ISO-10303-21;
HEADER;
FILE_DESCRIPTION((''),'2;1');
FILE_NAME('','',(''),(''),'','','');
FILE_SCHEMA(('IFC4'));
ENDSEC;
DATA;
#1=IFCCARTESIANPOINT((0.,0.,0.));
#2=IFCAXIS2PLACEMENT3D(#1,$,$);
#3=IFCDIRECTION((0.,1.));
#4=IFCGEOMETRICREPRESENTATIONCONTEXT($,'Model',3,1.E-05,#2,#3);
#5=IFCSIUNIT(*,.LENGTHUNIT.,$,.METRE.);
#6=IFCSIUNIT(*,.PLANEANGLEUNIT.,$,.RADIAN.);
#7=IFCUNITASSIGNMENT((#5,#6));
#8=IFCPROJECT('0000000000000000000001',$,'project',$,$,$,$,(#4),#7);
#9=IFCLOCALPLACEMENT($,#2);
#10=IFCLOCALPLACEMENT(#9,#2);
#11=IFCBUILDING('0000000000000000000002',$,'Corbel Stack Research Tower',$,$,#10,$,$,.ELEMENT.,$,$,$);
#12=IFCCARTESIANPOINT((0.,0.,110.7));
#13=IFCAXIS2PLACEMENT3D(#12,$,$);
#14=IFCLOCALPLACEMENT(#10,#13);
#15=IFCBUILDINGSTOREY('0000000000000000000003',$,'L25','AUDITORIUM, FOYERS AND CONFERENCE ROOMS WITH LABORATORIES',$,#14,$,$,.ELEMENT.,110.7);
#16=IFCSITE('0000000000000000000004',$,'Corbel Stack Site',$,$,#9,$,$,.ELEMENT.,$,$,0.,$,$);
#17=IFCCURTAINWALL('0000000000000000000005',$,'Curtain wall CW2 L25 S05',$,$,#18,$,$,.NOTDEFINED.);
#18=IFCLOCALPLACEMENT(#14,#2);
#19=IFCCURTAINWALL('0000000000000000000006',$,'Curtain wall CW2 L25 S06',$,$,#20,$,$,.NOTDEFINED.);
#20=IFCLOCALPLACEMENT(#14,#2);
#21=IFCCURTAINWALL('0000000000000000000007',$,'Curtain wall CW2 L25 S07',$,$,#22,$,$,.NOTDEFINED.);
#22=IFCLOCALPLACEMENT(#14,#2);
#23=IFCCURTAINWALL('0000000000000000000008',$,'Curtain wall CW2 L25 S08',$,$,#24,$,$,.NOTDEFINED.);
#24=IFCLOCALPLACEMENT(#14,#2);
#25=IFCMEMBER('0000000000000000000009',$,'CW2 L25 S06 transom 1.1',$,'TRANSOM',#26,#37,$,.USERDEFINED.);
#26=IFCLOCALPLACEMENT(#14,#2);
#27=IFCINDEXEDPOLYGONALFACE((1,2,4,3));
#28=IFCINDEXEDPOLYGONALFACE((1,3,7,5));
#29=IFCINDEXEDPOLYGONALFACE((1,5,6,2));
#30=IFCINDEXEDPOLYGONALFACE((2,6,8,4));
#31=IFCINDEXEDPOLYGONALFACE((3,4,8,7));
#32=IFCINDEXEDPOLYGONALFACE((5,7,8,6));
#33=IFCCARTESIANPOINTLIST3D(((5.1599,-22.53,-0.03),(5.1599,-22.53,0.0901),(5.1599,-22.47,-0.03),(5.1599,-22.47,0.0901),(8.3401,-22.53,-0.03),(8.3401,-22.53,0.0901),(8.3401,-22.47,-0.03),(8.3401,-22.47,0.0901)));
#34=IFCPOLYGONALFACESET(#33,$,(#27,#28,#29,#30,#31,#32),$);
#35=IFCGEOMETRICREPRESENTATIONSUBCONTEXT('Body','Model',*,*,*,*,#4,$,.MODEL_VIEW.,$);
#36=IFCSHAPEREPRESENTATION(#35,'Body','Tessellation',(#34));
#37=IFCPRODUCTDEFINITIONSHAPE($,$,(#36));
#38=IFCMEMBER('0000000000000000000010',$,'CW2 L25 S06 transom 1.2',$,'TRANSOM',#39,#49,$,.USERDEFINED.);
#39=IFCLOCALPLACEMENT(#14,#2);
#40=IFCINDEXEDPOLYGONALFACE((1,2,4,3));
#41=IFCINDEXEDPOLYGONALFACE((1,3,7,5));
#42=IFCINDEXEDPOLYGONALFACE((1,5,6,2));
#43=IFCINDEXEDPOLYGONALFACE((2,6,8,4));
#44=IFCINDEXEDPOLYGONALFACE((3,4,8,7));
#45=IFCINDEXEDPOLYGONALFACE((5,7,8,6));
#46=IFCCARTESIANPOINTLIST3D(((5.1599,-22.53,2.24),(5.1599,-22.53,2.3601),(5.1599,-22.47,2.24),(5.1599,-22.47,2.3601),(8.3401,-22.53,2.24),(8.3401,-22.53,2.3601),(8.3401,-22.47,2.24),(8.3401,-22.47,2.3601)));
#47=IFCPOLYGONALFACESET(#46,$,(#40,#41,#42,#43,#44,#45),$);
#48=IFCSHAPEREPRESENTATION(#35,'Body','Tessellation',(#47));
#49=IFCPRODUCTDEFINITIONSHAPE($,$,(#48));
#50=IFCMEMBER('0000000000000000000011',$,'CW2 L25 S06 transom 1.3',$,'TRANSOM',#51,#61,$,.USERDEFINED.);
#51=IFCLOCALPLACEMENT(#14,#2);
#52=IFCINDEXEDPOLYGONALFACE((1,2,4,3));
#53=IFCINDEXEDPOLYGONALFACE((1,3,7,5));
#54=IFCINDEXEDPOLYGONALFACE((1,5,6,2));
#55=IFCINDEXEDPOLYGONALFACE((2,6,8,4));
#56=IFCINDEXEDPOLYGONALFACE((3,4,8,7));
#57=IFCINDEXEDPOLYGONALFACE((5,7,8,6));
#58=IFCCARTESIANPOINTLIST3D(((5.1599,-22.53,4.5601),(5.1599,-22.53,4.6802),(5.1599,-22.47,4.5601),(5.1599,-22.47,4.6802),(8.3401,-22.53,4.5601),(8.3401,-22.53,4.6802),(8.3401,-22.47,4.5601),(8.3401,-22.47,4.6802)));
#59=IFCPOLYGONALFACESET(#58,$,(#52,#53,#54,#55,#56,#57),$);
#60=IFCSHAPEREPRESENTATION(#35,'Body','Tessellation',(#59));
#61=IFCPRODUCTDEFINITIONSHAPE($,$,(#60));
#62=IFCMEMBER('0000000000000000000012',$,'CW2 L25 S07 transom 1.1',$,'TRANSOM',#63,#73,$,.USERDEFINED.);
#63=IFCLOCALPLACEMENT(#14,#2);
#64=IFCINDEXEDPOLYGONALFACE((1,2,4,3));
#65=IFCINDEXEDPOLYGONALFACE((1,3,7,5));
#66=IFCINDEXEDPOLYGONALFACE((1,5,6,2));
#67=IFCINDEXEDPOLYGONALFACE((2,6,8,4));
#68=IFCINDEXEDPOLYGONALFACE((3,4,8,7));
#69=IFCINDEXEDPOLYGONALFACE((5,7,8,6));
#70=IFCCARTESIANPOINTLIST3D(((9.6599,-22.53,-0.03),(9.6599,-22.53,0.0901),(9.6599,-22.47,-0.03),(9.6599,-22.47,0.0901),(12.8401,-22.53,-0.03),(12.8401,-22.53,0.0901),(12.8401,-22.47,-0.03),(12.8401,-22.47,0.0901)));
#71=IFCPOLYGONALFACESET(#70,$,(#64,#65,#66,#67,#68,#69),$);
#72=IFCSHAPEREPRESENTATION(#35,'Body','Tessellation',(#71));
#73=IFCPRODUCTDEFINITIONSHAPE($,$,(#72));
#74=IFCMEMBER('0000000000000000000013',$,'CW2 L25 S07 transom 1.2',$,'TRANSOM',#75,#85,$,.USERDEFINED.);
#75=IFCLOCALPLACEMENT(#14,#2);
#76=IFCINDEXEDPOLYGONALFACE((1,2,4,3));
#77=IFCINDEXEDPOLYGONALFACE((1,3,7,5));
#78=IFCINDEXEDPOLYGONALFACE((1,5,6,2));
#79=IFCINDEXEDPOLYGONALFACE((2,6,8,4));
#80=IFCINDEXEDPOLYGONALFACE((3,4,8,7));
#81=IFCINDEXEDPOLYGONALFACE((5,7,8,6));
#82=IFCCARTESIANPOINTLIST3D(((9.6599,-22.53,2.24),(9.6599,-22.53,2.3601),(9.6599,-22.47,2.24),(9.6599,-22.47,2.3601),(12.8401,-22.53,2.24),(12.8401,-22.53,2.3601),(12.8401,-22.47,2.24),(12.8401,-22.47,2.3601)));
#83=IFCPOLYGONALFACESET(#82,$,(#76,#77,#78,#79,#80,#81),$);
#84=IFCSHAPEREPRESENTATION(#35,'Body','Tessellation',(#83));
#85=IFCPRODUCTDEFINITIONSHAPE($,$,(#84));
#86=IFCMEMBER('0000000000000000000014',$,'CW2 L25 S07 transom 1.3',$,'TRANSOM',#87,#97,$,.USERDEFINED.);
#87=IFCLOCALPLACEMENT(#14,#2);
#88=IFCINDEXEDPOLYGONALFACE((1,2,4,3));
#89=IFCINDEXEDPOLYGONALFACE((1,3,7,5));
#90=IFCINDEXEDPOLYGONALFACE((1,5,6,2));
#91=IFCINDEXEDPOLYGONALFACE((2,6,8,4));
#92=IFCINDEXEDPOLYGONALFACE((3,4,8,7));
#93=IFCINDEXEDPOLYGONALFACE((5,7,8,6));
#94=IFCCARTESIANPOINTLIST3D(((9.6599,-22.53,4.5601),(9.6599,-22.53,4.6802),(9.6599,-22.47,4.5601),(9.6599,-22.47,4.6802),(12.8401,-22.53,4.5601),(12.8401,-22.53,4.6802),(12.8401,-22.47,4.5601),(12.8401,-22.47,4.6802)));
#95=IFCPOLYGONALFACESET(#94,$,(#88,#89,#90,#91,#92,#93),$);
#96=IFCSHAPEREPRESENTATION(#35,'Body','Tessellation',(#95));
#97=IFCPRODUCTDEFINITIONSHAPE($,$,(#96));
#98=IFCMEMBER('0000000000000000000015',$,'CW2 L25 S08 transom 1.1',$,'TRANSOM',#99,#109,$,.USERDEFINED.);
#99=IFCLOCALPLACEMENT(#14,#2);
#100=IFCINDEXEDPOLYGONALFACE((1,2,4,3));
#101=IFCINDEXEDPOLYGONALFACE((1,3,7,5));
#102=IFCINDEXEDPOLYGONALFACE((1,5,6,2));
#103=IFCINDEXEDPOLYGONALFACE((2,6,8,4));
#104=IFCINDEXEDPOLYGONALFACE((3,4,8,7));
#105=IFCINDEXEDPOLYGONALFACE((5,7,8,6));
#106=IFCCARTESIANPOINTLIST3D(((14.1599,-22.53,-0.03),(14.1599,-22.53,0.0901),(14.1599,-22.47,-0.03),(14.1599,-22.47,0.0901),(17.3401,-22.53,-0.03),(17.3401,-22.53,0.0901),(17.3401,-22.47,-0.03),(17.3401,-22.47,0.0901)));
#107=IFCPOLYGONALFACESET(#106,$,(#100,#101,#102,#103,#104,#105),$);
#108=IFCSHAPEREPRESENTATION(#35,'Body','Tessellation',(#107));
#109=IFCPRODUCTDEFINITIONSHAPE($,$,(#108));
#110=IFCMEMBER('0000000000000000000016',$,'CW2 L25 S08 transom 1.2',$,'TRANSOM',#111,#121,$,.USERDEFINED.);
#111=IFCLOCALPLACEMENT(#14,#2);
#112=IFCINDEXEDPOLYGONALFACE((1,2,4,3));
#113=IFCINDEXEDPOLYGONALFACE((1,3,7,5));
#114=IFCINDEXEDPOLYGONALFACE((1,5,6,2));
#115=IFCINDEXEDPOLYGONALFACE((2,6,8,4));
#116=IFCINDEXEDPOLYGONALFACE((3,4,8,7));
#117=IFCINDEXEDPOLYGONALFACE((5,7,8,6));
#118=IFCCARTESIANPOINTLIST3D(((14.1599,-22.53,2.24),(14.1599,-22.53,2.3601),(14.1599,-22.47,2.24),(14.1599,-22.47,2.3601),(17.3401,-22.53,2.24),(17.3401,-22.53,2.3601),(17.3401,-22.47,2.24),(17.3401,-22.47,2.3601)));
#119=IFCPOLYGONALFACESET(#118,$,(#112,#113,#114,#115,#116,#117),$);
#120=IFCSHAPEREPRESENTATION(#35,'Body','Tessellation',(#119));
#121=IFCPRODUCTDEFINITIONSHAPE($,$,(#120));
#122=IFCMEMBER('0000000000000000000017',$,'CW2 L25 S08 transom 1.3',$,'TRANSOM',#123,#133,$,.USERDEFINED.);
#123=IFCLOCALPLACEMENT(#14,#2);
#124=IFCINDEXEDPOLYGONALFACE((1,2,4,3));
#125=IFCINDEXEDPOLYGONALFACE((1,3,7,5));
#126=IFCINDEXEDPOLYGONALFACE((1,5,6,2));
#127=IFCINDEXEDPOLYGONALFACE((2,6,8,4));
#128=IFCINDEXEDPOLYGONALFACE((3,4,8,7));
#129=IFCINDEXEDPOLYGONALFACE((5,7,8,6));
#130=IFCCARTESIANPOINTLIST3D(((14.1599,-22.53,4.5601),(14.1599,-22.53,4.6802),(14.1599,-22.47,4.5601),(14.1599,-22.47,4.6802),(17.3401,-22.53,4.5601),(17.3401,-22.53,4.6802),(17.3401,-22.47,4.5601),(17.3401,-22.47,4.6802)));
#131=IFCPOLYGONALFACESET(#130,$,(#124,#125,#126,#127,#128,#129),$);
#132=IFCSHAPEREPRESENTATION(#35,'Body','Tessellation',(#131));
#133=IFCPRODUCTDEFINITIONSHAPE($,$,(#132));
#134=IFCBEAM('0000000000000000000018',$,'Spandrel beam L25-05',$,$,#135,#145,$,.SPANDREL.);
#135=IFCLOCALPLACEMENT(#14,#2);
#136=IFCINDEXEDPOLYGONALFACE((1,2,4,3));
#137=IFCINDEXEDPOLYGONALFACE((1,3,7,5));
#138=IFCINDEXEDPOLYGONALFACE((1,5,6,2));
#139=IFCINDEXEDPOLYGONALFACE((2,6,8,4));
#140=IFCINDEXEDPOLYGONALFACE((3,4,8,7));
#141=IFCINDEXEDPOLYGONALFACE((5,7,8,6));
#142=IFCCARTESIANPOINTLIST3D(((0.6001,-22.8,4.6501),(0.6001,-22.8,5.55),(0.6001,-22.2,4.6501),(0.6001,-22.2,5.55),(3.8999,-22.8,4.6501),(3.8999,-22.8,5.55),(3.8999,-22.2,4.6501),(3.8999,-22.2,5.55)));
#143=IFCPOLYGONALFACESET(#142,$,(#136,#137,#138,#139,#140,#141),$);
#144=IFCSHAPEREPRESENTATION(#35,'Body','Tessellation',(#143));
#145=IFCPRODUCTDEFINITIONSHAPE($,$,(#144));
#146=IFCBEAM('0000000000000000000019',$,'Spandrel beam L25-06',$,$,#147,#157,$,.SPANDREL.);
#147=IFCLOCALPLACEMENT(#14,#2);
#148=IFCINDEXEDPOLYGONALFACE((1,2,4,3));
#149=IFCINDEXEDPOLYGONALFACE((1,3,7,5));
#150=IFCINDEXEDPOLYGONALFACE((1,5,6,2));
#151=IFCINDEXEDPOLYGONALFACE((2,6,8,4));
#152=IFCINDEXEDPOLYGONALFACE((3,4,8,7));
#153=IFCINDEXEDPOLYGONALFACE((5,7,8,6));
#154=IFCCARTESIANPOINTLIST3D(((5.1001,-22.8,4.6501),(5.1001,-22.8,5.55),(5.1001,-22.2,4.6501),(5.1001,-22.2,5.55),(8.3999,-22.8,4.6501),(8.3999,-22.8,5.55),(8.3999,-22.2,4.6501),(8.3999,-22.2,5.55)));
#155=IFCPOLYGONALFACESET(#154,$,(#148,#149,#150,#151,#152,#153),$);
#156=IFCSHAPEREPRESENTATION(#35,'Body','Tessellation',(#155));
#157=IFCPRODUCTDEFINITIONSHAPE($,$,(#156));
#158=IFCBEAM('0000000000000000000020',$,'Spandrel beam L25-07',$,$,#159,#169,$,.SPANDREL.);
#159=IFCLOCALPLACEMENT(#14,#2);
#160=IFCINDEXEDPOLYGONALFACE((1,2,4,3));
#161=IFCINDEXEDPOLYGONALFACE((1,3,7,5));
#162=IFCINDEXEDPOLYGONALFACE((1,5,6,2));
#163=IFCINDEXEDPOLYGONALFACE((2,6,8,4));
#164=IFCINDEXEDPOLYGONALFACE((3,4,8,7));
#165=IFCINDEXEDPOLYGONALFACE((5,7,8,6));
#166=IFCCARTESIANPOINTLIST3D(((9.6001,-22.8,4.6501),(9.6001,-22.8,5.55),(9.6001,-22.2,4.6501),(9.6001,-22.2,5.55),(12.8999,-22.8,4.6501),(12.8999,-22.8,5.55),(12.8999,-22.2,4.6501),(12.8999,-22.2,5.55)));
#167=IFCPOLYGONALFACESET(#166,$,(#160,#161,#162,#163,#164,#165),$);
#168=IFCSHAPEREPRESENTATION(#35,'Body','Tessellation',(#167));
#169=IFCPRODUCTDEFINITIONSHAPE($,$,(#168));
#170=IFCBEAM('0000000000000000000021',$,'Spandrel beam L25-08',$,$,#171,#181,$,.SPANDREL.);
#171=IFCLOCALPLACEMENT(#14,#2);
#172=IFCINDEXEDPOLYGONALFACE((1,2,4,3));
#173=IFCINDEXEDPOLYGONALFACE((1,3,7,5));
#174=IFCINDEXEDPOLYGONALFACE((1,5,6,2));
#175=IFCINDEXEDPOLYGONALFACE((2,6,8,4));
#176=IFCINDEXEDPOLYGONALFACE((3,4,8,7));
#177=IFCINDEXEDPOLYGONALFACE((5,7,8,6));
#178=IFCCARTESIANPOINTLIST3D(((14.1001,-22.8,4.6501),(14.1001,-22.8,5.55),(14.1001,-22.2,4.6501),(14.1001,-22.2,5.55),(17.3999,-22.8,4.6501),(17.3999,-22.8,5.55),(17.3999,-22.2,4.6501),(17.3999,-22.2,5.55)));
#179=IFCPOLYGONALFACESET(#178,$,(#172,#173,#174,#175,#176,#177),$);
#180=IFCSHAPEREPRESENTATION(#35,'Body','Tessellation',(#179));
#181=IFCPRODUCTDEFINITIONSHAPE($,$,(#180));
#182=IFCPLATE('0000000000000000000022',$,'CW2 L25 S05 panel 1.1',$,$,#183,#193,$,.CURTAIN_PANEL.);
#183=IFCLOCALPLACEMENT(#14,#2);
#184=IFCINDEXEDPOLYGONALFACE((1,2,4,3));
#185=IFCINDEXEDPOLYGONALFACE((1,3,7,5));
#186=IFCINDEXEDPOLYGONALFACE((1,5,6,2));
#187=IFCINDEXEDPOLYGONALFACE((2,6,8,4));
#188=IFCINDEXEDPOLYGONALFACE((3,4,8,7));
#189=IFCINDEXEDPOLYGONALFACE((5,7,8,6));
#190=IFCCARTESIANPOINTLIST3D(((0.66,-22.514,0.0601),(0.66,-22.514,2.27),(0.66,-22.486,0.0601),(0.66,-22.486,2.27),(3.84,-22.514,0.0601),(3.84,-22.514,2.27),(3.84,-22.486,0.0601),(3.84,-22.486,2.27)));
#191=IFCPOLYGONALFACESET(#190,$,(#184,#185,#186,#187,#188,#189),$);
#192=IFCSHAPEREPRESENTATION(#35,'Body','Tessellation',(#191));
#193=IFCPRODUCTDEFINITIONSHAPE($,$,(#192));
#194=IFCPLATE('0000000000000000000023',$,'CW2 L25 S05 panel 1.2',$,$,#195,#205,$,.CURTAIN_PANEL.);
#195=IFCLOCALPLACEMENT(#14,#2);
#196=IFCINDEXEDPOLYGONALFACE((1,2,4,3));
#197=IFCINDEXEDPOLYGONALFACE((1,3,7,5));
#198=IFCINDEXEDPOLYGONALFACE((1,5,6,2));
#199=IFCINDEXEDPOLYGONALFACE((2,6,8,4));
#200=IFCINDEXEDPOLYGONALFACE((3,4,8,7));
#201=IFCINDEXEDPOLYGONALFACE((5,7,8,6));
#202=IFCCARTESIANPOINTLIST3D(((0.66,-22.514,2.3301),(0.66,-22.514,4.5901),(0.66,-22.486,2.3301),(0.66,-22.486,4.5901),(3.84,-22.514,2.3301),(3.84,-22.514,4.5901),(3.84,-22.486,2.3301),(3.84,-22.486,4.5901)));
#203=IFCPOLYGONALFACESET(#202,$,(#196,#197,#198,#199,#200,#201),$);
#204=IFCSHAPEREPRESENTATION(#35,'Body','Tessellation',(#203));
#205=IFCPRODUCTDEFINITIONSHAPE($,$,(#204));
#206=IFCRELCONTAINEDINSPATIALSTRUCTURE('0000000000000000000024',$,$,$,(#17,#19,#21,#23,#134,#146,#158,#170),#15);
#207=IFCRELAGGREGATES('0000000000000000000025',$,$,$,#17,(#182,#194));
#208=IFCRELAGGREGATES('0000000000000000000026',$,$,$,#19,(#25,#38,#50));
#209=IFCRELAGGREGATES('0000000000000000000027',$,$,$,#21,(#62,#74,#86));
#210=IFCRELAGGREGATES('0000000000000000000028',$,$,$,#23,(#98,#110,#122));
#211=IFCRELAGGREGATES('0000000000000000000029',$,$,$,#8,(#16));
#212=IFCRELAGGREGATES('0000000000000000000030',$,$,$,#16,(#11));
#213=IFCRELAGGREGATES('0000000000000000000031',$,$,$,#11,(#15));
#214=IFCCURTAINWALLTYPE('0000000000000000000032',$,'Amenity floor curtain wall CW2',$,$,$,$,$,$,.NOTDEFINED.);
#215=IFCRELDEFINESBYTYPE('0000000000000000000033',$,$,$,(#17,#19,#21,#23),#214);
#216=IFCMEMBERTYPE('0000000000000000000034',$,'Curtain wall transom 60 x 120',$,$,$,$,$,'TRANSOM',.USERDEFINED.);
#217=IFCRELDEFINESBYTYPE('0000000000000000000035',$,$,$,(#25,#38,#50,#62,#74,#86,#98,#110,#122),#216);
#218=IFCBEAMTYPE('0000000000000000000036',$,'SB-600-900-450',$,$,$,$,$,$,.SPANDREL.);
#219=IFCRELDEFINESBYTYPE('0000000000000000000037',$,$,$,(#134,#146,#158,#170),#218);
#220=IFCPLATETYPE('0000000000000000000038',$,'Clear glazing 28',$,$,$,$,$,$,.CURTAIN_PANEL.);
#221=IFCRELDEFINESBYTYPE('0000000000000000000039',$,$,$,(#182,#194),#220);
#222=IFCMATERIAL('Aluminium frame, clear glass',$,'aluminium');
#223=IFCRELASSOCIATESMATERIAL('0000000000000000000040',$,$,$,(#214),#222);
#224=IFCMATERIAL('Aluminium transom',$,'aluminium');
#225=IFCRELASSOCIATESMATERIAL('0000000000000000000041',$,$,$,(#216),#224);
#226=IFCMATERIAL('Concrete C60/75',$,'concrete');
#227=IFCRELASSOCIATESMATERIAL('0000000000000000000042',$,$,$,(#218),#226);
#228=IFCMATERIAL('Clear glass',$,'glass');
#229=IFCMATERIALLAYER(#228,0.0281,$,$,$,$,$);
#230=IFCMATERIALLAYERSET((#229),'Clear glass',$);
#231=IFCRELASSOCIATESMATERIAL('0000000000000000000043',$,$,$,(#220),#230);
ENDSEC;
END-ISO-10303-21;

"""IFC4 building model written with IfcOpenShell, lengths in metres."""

from ifc_helpers import new_model, si_unit, direction, frame, origin, origin_2d, place, context, subcontext, project, spatial, rectangle, extrude, material, layer, layer_set, material_profile, profile_set, type_object, element, aggregate, save


model = new_model("IFC4")

# Units and contexts
model_context = context("Model", 3, precision=1e-05, world=origin(), true_north=direction((0.0, 1.0)))
body_context = subcontext(model_context, "Body", "Model", "MODEL_VIEW")
ifc_project = project(units=[si_unit("LENGTHUNIT", "METRE"), si_unit("PLANEANGLEUNIT", "RADIAN")], contexts=[model_context])

# Site, building, storey
site_placement = place(None, origin())
site = spatial("IfcSite", under=ifc_project, at=site_placement, Name="Corbel Stack Site", CompositionType="ELEMENT", RefElevation=0.0)
building_placement = place(site_placement, origin())
building = spatial("IfcBuilding", under=site, at=building_placement, Name="Corbel Stack Research Tower", CompositionType="ELEMENT")
storey_placement = place(building_placement, frame((0.0, 0.0, 110.7)))
storey = spatial("IfcBuildingStorey", under=building, at=storey_placement, Name="L25", Description="AUDITORIUM, FOYERS AND CONFERENCE ROOMS WITH LABORATORIES", CompositionType="ELEMENT", Elevation=110.7)

# Curtain walls
ifc_material_1 = material(Name="Aluminium frame, clear glass", Category="aluminium")
curtain_wall_type = type_object("IfcCurtainWallType", Name="Amenity floor curtain wall CW2", PredefinedType="NOTDEFINED", material=ifc_material_1)
curtain_wall_1_placement = place(storey_placement, origin())
curtain_wall_1 = element("IfcCurtainWall", 1, at=curtain_wall_1_placement, inside=storey, type_object=curtain_wall_type, Name="Curtain wall CW2 L25 S05", PredefinedType="NOTDEFINED")
curtain_wall_2_placement = place(storey_placement, origin())
curtain_wall_2 = element("IfcCurtainWall", 2, at=curtain_wall_2_placement, inside=storey, type_object=curtain_wall_type, Name="Curtain wall CW2 L25 S06", PredefinedType="NOTDEFINED")
curtain_wall_3_placement = place(storey_placement, origin())
curtain_wall_3 = element("IfcCurtainWall", 3, at=curtain_wall_3_placement, inside=storey, type_object=curtain_wall_type, Name="Curtain wall CW2 L25 S07", PredefinedType="NOTDEFINED")
curtain_wall_4_placement = place(storey_placement, origin())
curtain_wall_4 = element("IfcCurtainWall", 4, at=curtain_wall_4_placement, inside=storey, type_object=curtain_wall_type, Name="Curtain wall CW2 L25 S08", PredefinedType="NOTDEFINED")

# Members
ifc_material_2 = material(Name="Aluminium transom", Category="aluminium")
ifc_material_profile_1 = material_profile(ifc_material_2, rectangle(XDim=0.0601, YDim=0.1201, at=origin_2d()), Name="Transom 60 x 120")
ifc_profile_set_1 = profile_set([ifc_material_profile_1], Name="Aluminium transom")
member_type_1 = type_object("IfcMemberType", Name="Curtain wall transom 60 x 120", ElementType="TRANSOM", PredefinedType="USERDEFINED", material=ifc_profile_set_1)
member_1_placement = place(storey_placement, frame((5.1599, -22.5, 0.03), z_axis=(1.0, 0.0, 0.0), x_axis=(0.0, 1.0, 0.0)))
member_1 = element("IfcMember", 5, at=member_1_placement, type_object=member_type_1, Name="CW2 L25 S06 transom 1.1", ObjectType="TRANSOM", PredefinedType="USERDEFINED", context=body_context, shape_type="SweptSolid", body=[
    extrude(rectangle(XDim=0.0601, YDim=0.1201, at=origin_2d()), origin(), (0.0, 0.0, 1.0), 3.1802),
])
member_2_placement = place(storey_placement, frame((5.1599, -22.5, 2.3), z_axis=(1.0, 0.0, 0.0), x_axis=(0.0, 1.0, 0.0)))
member_2 = element("IfcMember", 6, at=member_2_placement, type_object=member_type_1, Name="CW2 L25 S06 transom 1.2", ObjectType="TRANSOM", PredefinedType="USERDEFINED", context=body_context, shape_type="SweptSolid", body=[
    extrude(rectangle(XDim=0.0601, YDim=0.1201, at=origin_2d()), origin(), (0.0, 0.0, 1.0), 3.1802),
])
member_3_placement = place(storey_placement, frame((5.1599, -22.5, 4.6201), z_axis=(1.0, 0.0, 0.0), x_axis=(0.0, 1.0, 0.0)))
member_3 = element("IfcMember", 7, at=member_3_placement, type_object=member_type_1, Name="CW2 L25 S06 transom 1.3", ObjectType="TRANSOM", PredefinedType="USERDEFINED", context=body_context, shape_type="SweptSolid", body=[
    extrude(rectangle(XDim=0.0601, YDim=0.1201, at=origin_2d()), origin(), (0.0, 0.0, 1.0), 3.1802),
])
member_4_placement = place(storey_placement, frame((9.6599, -22.5, 0.03), z_axis=(1.0, 0.0, 0.0), x_axis=(0.0, 1.0, 0.0)))
member_4 = element("IfcMember", 8, at=member_4_placement, type_object=member_type_1, Name="CW2 L25 S07 transom 1.1", ObjectType="TRANSOM", PredefinedType="USERDEFINED", context=body_context, shape_type="SweptSolid", body=[
    extrude(rectangle(XDim=0.0601, YDim=0.1201, at=origin_2d()), origin(), (0.0, 0.0, 1.0), 3.1802),
])
member_5_placement = place(storey_placement, frame((9.6599, -22.5, 2.3), z_axis=(1.0, 0.0, 0.0), x_axis=(0.0, 1.0, 0.0)))
member_5 = element("IfcMember", 9, at=member_5_placement, type_object=member_type_1, Name="CW2 L25 S07 transom 1.2", ObjectType="TRANSOM", PredefinedType="USERDEFINED", context=body_context, shape_type="SweptSolid", body=[
    extrude(rectangle(XDim=0.0601, YDim=0.1201, at=origin_2d()), origin(), (0.0, 0.0, 1.0), 3.1802),
])
member_6_placement = place(storey_placement, frame((9.6599, -22.5, 4.6201), z_axis=(1.0, 0.0, 0.0), x_axis=(0.0, 1.0, 0.0)))
member_6 = element("IfcMember", 10, at=member_6_placement, type_object=member_type_1, Name="CW2 L25 S07 transom 1.3", ObjectType="TRANSOM", PredefinedType="USERDEFINED", context=body_context, shape_type="SweptSolid", body=[
    extrude(rectangle(XDim=0.0601, YDim=0.1201, at=origin_2d()), origin(), (0.0, 0.0, 1.0), 3.1802),
])
member_7_placement = place(storey_placement, frame((14.1599, -22.5, 0.03), z_axis=(1.0, 0.0, 0.0), x_axis=(0.0, 1.0, 0.0)))
member_7 = element("IfcMember", 11, at=member_7_placement, type_object=member_type_1, Name="CW2 L25 S08 transom 1.1", ObjectType="TRANSOM", PredefinedType="USERDEFINED", context=body_context, shape_type="SweptSolid", body=[
    extrude(rectangle(XDim=0.0601, YDim=0.1201, at=origin_2d()), origin(), (0.0, 0.0, 1.0), 3.1802),
])
member_8_placement = place(storey_placement, frame((14.1599, -22.5, 2.3), z_axis=(1.0, 0.0, 0.0), x_axis=(0.0, 1.0, 0.0)))
member_8 = element("IfcMember", 12, at=member_8_placement, type_object=member_type_1, Name="CW2 L25 S08 transom 1.2", ObjectType="TRANSOM", PredefinedType="USERDEFINED", context=body_context, shape_type="SweptSolid", body=[
    extrude(rectangle(XDim=0.0601, YDim=0.1201, at=origin_2d()), origin(), (0.0, 0.0, 1.0), 3.1802),
])
member_9_placement = place(storey_placement, frame((14.1599, -22.5, 4.6201), z_axis=(1.0, 0.0, 0.0), x_axis=(0.0, 1.0, 0.0)))
member_9 = element("IfcMember", 13, at=member_9_placement, type_object=member_type_1, Name="CW2 L25 S08 transom 1.3", ObjectType="TRANSOM", PredefinedType="USERDEFINED", context=body_context, shape_type="SweptSolid", body=[
    extrude(rectangle(XDim=0.0601, YDim=0.1201, at=origin_2d()), origin(), (0.0, 0.0, 1.0), 3.1802),
])

# Beams
ifc_material_3 = material(Name="Concrete C60/75", Category="concrete")
ifc_material_profile_2 = material_profile(ifc_material_3, rectangle(XDim=0.6001, YDim=0.8999, at=origin_2d()), Name="RC 600 x 900")
ifc_profile_set_2 = profile_set([ifc_material_profile_2], Name="Concrete C60/75")
beam_type = type_object("IfcBeamType", Name="SB-600-900-450", PredefinedType="SPANDREL", material=ifc_profile_set_2)
for number, where, z_axis, x_axis, name in (
    (14, (0.6001, -22.5, 5.1001), (1.0, 0.0, 0.0), (0.0, 1.0, 0.0), "Spandrel beam L25-05"),
    (15, (5.1001, -22.5, 5.1001), (1.0, 0.0, 0.0), (0.0, 1.0, 0.0), "Spandrel beam L25-06"),
    (16, (9.6001, -22.5, 5.1001), (1.0, 0.0, 0.0), (0.0, 1.0, 0.0), "Spandrel beam L25-07"),
    (17, (14.1001, -22.5, 5.1001), (1.0, 0.0, 0.0), (0.0, 1.0, 0.0), "Spandrel beam L25-08"),
):
    element("IfcBeam", number, at=place(storey_placement, frame(where, z_axis=z_axis, x_axis=x_axis)), inside=storey, type_object=beam_type, Name=name, PredefinedType="SPANDREL", context=body_context, shape_type="SweptSolid", body=[
        extrude(rectangle(XDim=0.6001, YDim=0.8999, at=origin_2d()), origin(), (0.0, 0.0, 1.0), 3.2998),
    ])

# Plates
ifc_material_4 = material(Name="Clear glass", Category="glass")
ifc_layer_1 = layer(ifc_material_4, 0.0281)
ifc_layer_set_1 = layer_set([ifc_layer_1], Name="Clear glass")
plate_type = type_object("IfcPlateType", Name="Clear glazing 28", PredefinedType="CURTAIN_PANEL", material=ifc_layer_set_1)
plate_1_placement = place(storey_placement, frame((2.25, -22.5, 0.0601), z_axis=(0.0, 0.0, 1.0), x_axis=(1.0, 0.0, 0.0)))
plate_1 = element("IfcPlate", 18, at=plate_1_placement, type_object=plate_type, Name="CW2 L25 S05 panel 1.1", PredefinedType="CURTAIN_PANEL", context=body_context, shape_type="SweptSolid", body=[
    extrude(rectangle(XDim=3.1799, YDim=0.0281, at=origin_2d()), origin(), (0.0, 0.0, 1.0), 2.21),
])
plate_2_placement = place(storey_placement, frame((2.25, -22.5, 2.3301), z_axis=(0.0, 0.0, 1.0), x_axis=(1.0, 0.0, 0.0)))
plate_2 = element("IfcPlate", 19, at=plate_2_placement, type_object=plate_type, Name="CW2 L25 S05 panel 1.2", PredefinedType="CURTAIN_PANEL", context=body_context, shape_type="SweptSolid", body=[
    extrude(rectangle(XDim=3.1799, YDim=0.0281, at=origin_2d()), origin(), (0.0, 0.0, 1.0), 2.26),
])
aggregate(curtain_wall_1, [plate_1, plate_2])
aggregate(curtain_wall_2, [member_1, member_2, member_3])
aggregate(curtain_wall_3, [member_4, member_5, member_6])
aggregate(curtain_wall_4, [member_7, member_8, member_9])

save(model, "model.ifc")
